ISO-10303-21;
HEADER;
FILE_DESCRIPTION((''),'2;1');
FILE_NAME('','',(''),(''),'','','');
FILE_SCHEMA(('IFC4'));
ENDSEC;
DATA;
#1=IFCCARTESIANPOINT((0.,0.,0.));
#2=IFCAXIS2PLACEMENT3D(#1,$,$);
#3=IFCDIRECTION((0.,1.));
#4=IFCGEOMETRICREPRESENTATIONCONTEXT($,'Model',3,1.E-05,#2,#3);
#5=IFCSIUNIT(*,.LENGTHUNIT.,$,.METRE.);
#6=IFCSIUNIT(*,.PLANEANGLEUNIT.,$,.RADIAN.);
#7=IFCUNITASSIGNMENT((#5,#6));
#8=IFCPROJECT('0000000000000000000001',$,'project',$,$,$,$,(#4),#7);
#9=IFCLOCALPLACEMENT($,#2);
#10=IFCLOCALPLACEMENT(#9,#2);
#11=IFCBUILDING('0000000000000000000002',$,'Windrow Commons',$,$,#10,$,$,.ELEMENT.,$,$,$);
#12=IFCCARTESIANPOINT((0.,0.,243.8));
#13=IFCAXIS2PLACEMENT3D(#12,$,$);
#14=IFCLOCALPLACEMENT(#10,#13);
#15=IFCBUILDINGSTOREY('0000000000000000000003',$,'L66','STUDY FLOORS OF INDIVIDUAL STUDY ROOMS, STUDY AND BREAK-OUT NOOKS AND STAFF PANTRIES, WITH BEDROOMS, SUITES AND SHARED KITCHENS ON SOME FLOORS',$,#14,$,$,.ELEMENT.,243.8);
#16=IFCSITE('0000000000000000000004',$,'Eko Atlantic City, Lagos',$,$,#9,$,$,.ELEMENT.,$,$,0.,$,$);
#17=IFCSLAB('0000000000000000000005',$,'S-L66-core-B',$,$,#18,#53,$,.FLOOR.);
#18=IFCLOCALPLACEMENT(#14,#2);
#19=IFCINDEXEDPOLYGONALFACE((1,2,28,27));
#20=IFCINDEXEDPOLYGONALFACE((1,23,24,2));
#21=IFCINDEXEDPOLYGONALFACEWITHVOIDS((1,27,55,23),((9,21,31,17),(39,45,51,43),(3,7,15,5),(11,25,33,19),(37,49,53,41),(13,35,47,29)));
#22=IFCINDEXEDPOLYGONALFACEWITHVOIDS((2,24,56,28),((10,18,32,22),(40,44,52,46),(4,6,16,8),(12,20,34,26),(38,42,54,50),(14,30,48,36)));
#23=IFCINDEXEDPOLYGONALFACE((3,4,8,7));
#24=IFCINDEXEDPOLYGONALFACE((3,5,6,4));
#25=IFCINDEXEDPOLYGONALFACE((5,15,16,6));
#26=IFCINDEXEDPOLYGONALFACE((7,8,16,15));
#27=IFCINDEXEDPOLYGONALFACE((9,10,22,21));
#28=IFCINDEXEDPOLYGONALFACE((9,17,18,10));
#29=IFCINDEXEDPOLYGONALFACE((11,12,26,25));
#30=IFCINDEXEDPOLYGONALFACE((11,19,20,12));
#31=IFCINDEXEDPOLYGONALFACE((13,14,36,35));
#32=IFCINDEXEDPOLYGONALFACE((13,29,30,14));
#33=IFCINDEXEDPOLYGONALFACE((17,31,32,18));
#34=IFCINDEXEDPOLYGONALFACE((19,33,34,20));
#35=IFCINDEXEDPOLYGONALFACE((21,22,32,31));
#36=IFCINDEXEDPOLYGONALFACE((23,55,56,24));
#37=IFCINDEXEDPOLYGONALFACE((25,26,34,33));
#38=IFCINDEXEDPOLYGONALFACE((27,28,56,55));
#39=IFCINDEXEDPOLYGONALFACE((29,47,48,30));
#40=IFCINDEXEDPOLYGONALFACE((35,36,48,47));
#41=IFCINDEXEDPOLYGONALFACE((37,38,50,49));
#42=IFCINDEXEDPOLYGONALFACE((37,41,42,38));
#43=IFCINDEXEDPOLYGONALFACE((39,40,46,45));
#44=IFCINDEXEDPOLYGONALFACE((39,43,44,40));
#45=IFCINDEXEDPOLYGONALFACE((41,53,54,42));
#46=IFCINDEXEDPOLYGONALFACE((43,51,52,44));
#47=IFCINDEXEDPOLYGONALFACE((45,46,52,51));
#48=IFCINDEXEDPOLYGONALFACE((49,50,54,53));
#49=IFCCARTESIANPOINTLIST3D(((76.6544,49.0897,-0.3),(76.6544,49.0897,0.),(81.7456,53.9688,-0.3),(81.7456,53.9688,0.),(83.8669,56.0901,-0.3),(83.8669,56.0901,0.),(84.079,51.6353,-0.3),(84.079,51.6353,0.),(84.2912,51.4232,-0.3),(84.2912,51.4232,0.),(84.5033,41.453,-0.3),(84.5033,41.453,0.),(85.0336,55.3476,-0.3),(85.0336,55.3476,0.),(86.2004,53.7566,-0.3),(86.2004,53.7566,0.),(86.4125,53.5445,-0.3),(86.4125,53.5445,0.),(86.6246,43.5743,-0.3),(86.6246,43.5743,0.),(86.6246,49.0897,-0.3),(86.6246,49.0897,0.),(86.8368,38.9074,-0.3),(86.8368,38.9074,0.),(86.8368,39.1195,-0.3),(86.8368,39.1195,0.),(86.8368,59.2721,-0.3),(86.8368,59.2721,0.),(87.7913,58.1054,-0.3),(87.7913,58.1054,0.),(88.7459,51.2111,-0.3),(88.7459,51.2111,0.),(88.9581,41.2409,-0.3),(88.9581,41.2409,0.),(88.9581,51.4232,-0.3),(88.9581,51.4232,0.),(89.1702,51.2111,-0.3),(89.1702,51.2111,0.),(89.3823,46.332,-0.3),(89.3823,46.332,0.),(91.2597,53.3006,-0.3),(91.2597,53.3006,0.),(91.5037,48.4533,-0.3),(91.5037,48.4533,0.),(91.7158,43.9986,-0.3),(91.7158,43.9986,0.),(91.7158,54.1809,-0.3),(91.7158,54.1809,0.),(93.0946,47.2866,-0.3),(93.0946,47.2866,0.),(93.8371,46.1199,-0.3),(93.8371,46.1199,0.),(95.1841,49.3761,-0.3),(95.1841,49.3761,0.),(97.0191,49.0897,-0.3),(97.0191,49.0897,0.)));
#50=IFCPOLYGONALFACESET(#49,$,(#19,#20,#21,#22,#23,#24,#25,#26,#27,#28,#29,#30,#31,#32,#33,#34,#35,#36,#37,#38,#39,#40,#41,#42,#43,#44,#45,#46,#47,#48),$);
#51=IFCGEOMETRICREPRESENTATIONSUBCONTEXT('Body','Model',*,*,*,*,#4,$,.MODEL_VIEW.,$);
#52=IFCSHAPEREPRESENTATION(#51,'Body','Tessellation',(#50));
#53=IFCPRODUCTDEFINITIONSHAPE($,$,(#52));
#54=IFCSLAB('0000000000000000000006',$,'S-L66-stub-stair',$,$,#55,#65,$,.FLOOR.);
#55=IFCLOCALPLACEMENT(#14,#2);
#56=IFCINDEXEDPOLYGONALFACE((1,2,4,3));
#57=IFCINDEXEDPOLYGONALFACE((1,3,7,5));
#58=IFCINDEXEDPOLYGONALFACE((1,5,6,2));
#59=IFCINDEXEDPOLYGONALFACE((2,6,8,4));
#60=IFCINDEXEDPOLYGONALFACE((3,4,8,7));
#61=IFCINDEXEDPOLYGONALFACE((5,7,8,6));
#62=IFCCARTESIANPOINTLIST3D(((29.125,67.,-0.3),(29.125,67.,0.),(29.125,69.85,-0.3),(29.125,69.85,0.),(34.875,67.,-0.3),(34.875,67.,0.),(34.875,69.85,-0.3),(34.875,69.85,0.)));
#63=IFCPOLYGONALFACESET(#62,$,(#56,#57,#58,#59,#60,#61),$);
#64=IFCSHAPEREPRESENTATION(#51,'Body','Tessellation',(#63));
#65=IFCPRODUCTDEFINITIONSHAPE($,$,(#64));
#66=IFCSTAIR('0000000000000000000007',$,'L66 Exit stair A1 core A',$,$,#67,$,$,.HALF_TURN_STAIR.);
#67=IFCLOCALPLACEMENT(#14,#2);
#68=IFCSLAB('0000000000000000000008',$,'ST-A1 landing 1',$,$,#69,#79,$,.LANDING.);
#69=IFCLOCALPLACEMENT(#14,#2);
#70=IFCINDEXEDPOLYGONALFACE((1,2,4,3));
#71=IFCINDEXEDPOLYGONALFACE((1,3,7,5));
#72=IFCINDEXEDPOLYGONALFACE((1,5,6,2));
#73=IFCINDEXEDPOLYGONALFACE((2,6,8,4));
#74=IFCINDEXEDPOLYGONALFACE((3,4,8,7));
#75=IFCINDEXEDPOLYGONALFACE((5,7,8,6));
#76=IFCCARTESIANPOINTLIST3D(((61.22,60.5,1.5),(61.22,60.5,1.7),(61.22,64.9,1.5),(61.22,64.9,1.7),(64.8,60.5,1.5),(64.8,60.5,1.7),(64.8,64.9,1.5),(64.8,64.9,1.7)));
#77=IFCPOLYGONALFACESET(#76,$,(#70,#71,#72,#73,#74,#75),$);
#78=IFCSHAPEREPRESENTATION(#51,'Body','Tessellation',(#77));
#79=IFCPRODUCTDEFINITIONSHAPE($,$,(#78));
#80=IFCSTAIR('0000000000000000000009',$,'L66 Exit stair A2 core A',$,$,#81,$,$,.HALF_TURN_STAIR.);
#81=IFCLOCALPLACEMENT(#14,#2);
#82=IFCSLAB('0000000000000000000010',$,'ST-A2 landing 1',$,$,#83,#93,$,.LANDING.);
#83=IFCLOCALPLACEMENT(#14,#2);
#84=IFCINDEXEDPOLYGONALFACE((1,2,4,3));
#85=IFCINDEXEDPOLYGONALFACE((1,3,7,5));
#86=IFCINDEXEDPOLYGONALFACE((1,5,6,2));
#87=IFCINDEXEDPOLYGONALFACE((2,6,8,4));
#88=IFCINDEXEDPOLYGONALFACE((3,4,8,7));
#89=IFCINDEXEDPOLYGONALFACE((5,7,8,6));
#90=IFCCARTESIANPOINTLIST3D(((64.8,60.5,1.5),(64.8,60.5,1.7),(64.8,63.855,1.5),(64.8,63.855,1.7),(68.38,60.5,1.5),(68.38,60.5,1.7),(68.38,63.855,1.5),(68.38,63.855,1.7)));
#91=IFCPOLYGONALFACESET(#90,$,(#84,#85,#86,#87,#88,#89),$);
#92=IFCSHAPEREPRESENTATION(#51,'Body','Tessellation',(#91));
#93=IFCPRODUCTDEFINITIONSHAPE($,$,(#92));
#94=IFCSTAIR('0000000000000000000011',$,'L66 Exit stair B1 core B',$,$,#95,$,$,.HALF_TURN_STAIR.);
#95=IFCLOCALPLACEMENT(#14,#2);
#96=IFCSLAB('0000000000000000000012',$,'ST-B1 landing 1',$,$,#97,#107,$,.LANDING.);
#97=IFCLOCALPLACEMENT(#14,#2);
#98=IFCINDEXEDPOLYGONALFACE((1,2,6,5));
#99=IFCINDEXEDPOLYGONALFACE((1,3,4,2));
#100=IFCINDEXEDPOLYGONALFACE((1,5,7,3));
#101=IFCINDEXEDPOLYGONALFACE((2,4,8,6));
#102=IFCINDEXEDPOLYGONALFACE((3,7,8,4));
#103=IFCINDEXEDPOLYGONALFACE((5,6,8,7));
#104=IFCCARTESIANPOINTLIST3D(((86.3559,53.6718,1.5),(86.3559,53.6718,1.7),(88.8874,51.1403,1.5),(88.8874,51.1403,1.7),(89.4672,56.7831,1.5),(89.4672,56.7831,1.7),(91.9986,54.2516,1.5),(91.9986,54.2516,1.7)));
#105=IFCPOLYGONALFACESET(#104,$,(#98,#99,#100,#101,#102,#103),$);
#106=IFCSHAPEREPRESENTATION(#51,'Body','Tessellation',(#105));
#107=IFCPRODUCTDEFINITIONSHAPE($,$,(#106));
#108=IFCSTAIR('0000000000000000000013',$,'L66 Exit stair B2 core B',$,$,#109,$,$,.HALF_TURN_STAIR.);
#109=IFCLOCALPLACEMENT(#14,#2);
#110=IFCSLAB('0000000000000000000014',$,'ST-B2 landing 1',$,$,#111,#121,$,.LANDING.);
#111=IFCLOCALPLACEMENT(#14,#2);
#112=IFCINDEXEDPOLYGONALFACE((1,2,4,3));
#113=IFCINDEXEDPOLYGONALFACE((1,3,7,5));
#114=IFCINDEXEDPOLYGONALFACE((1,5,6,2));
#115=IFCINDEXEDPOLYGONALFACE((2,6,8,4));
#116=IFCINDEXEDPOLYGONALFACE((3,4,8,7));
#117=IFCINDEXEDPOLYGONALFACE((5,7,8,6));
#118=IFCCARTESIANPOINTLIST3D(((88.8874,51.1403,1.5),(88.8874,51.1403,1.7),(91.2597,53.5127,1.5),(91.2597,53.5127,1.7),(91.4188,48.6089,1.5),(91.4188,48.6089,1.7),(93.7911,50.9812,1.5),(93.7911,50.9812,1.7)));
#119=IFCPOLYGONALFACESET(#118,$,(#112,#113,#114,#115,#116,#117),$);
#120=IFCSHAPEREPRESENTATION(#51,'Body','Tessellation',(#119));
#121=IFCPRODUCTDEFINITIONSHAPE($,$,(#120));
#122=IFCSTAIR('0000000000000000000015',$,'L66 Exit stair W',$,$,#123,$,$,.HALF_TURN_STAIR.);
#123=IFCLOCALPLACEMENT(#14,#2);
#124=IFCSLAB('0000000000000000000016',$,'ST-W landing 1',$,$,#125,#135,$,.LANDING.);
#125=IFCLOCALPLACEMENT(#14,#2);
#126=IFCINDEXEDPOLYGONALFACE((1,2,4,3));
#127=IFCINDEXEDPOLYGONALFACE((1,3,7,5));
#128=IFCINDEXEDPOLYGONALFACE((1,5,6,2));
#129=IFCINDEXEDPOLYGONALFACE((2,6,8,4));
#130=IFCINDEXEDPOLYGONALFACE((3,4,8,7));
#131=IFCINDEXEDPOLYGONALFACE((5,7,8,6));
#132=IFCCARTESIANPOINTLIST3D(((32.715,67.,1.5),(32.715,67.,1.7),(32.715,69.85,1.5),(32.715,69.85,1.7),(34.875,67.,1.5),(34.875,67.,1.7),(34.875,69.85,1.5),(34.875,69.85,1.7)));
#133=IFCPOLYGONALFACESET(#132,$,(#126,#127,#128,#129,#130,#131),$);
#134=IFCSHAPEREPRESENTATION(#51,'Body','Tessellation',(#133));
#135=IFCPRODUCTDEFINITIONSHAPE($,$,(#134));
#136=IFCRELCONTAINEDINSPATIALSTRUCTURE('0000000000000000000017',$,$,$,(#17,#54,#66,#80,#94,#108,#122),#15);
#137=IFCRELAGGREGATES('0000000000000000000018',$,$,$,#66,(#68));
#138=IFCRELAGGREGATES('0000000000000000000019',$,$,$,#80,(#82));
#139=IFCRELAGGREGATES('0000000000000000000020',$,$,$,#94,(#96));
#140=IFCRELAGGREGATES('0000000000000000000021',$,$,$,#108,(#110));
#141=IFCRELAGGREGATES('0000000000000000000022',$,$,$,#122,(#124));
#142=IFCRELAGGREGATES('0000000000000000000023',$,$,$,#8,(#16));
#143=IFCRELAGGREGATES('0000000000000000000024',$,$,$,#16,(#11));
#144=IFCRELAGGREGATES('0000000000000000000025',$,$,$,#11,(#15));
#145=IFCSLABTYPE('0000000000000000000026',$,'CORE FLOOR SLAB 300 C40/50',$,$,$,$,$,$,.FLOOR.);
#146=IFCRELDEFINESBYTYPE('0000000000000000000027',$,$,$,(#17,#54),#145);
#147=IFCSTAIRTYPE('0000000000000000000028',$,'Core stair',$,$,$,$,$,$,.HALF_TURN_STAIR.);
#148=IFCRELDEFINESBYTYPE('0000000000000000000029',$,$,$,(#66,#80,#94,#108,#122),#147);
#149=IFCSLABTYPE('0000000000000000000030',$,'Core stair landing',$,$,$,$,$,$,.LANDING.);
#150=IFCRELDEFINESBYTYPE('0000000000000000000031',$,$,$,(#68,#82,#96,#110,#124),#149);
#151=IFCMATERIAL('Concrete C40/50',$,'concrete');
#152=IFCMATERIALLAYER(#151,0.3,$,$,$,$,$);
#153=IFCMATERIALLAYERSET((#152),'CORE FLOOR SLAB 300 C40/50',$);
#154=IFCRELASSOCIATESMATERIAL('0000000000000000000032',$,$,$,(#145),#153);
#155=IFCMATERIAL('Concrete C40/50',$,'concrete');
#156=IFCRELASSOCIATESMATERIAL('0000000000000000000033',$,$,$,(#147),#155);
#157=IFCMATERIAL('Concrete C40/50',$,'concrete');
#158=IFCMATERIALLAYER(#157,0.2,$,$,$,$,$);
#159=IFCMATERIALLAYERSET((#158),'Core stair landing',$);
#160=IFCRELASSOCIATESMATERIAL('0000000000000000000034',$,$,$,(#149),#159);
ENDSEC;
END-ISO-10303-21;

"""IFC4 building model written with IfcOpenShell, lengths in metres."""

from ifc_helpers import new_model, si_unit, direction, frame, origin, place, context, subcontext, project, spatial, polyline, outline, extrude, material, layer, layer_set, type_object, element, aggregate, save


model = new_model("IFC4")

# Units and contexts
model_context = context("Model", 3, precision=1e-05, world=origin(), true_north=direction((0.0, 1.0)))
body_context = subcontext(model_context, "Body", "Model", "MODEL_VIEW")
ifc_project = project(units=[si_unit("LENGTHUNIT", "METRE"), si_unit("PLANEANGLEUNIT", "RADIAN")], contexts=[model_context])

# Site, building, storey
site_placement = place(None, origin())
site = spatial("IfcSite", under=ifc_project, at=site_placement, Name="Eko Atlantic City, Lagos", CompositionType="ELEMENT", RefElevation=0.0)
building_placement = place(site_placement, origin())
building = spatial("IfcBuilding", under=site, at=building_placement, Name="Windrow Commons", CompositionType="ELEMENT")
storey_placement = place(building_placement, frame((0.0, 0.0, 243.8)))
storey = spatial("IfcBuildingStorey", under=building, at=storey_placement, Name="L66", Description="STUDY FLOORS OF INDIVIDUAL STUDY ROOMS, STUDY AND BREAK-OUT NOOKS AND STAFF PANTRIES, WITH BEDROOMS, SUITES AND SHARED KITCHENS ON SOME FLOORS", CompositionType="ELEMENT", Elevation=243.8)

# Slab, openings
ifc_material_1 = material(Name="Concrete C40/50", Category="concrete")
ifc_layer_1 = layer(ifc_material_1, 0.3)
ifc_layer_set_1 = layer_set([ifc_layer_1], Name="CORE FLOOR SLAB 300 C40/50")
slab_type_1 = type_object("IfcSlabType", Name="CORE FLOOR SLAB 300 C40/50", PredefinedType="FLOOR", material=ifc_layer_set_1)
placement_1 = place(storey_placement, frame((0.0, 0.0, -0.3)))
slab_1 = element("IfcSlab", 1, at=placement_1, inside=storey, type_object=slab_type_1, Name="S-L66-core-B", PredefinedType="FLOOR", context=body_context, shape_type="SweptSolid", body=[
    extrude(outline(polyline([(76.6544, 49.0897), (86.8368, 38.9074), (97.0191, 49.0897), (86.8368, 59.2721), (76.6544, 49.0897)]), holes=[polyline([(84.5033, 41.453), (86.8368, 39.1195), (88.9581, 41.2409), (86.6246, 43.5743), (84.5033, 41.453)]), polyline([(81.7456, 53.9688), (84.079, 51.6353), (86.2004, 53.7566), (83.8669, 56.0901), (81.7456, 53.9688)]), polyline([(84.2912, 51.4232), (86.6246, 49.0897), (88.7459, 51.2111), (86.4125, 53.5445), (84.2912, 51.4232)]), polyline([(89.3823, 46.332), (91.7158, 43.9986), (93.8371, 46.1199), (91.5037, 48.4533), (89.3823, 46.332)]), polyline([(85.0336, 55.3476), (88.9581, 51.4232), (91.7158, 54.1809), (87.7913, 58.1054), (85.0336, 55.3476)]), polyline([(89.1702, 51.2111), (93.0946, 47.2866), (95.1841, 49.3761), (91.2597, 53.3006), (89.1702, 51.2111)])]), origin(), (0.0, 0.0, 1.0), 0.3),
])
opening_1_placement = place(placement_1, origin())
element("IfcOpeningElement", 2, at=opening_1_placement, cuts=slab_1, PredefinedType="OPENING", context=body_context, shape_type="SweptSolid", body=[
    extrude(outline(polyline([(84.5104, 41.453), (86.6246, 43.5672), (88.951, 41.2409), (86.8368, 39.1266), (84.5104, 41.453)])), origin(), (0.0, 0.0, 1.0), 0.3),
])
opening_2_placement = place(placement_1, origin())
element("IfcOpeningElement", 3, at=opening_2_placement, cuts=slab_1, PredefinedType="OPENING", context=body_context, shape_type="SweptSolid", body=[
    extrude(outline(polyline([(81.7527, 53.9688), (83.8669, 56.083), (86.1933, 53.7566), (84.079, 51.6424), (81.7527, 53.9688)])), origin(), (0.0, 0.0, 1.0), 0.3),
])
opening_3_placement = place(placement_1, origin())
element("IfcOpeningElement", 4, at=opening_3_placement, cuts=slab_1, PredefinedType="OPENING", context=body_context, shape_type="SweptSolid", body=[
    extrude(outline(polyline([(84.2983, 51.4232), (86.4125, 53.5374), (88.7388, 51.2111), (86.6246, 49.0968), (84.2983, 51.4232)])), origin(), (0.0, 0.0, 1.0), 0.3),
])
opening_4_placement = place(placement_1, origin())
element("IfcOpeningElement", 5, at=opening_4_placement, cuts=slab_1, PredefinedType="OPENING", context=body_context, shape_type="SweptSolid", body=[
    extrude(outline(polyline([(89.3894, 46.332), (91.5037, 48.4462), (93.83, 46.1199), (91.7158, 44.0057), (89.3894, 46.332)])), origin(), (0.0, 0.0, 1.0), 0.3),
])
opening_5_placement = place(placement_1, origin())
element("IfcOpeningElement", 6, at=opening_5_placement, cuts=slab_1, PredefinedType="OPENING", context=body_context, shape_type="SweptSolid", body=[
    extrude(outline(polyline([(85.0407, 55.3476), (87.7913, 58.0983), (91.7087, 54.1809), (88.9581, 51.4303), (85.0407, 55.3476)])), origin(), (0.0, 0.0, 1.0), 0.3),
])
opening_6_placement = place(placement_1, origin())
element("IfcOpeningElement", 7, at=opening_6_placement, cuts=slab_1, PredefinedType="OPENING", context=body_context, shape_type="SweptSolid", body=[
    extrude(outline(polyline([(89.1773, 51.2111), (91.2597, 53.2935), (95.177, 49.3761), (93.0946, 47.2937), (89.1773, 51.2111)])), origin(), (0.0, 0.0, 1.0), 0.3),
])

# Slab
element("IfcSlab", 8, at=placement_1, inside=storey, type_object=slab_type_1, Name="S-L66-stub-stair", PredefinedType="FLOOR", context=body_context, shape_type="SweptSolid", body=[
    extrude(outline(polyline([(34.875, 67.0), (34.875, 69.85), (29.125, 69.85), (29.125, 67.0), (34.875, 67.0)])), origin(), (0.0, 0.0, 1.0), 0.3),
])

# Stairs, slabs
ifc_material_2 = material(Name="Concrete C40/50", Category="concrete")
stair_type = type_object("IfcStairType", Name="Core stair", PredefinedType="HALF_TURN_STAIR", material=ifc_material_2)
placement_2 = place(storey_placement, origin())
stair_1 = element("IfcStair", 9, at=placement_2, inside=storey, type_object=stair_type, Name="L66 Exit stair A1 core A", PredefinedType="HALF_TURN_STAIR")
ifc_material_3 = material(Name="Concrete C40/50", Category="concrete")
ifc_layer_2 = layer(ifc_material_3, 0.2)
ifc_layer_set_2 = layer_set([ifc_layer_2], Name="Core stair landing")
slab_type_2 = type_object("IfcSlabType", Name="Core stair landing", PredefinedType="LANDING", material=ifc_layer_set_2)
placement_3 = place(storey_placement, frame((0.0, 0.0, 1.5)))
slab_2 = element("IfcSlab", 10, at=placement_3, type_object=slab_type_2, Name="ST-A1 landing 1", PredefinedType="LANDING", context=body_context, shape_type="SweptSolid", body=[
    extrude(outline(polyline([(61.22, 60.5), (64.8, 60.5), (64.8, 64.9), (61.22, 64.9), (61.22, 60.5)])), origin(), (0.0, 0.0, 1.0), 0.2),
])
aggregate(stair_1, [slab_2])
stair_2 = element("IfcStair", 11, at=placement_2, inside=storey, type_object=stair_type, Name="L66 Exit stair A2 core A", PredefinedType="HALF_TURN_STAIR")
slab_3 = element("IfcSlab", 12, at=placement_3, type_object=slab_type_2, Name="ST-A2 landing 1", PredefinedType="LANDING", context=body_context, shape_type="SweptSolid", body=[
    extrude(outline(polyline([(64.8, 60.5), (68.38, 60.5), (68.38, 63.855), (64.8, 63.855), (64.8, 60.5)])), origin(), (0.0, 0.0, 1.0), 0.2),
])
aggregate(stair_2, [slab_3])
stair_3 = element("IfcStair", 13, at=placement_2, inside=storey, type_object=stair_type, Name="L66 Exit stair B1 core B", PredefinedType="HALF_TURN_STAIR")
slab_4 = element("IfcSlab", 14, at=placement_3, type_object=slab_type_2, Name="ST-B1 landing 1", PredefinedType="LANDING", context=body_context, shape_type="SweptSolid", body=[
    extrude(outline(polyline([(86.3559, 53.6718), (88.8874, 51.1403), (91.9986, 54.2516), (89.4672, 56.7831), (86.3559, 53.6718)])), origin(), (0.0, 0.0, 1.0), 0.2),
])
aggregate(stair_3, [slab_4])
stair_4 = element("IfcStair", 15, at=placement_2, inside=storey, type_object=stair_type, Name="L66 Exit stair B2 core B", PredefinedType="HALF_TURN_STAIR")
slab_5 = element("IfcSlab", 16, at=placement_3, type_object=slab_type_2, Name="ST-B2 landing 1", PredefinedType="LANDING", context=body_context, shape_type="SweptSolid", body=[
    extrude(outline(polyline([(88.8874, 51.1403), (91.4188, 48.6089), (93.7911, 50.9812), (91.2597, 53.5127), (88.8874, 51.1403)])), origin(), (0.0, 0.0, 1.0), 0.2),
])
aggregate(stair_4, [slab_5])
stair_5 = element("IfcStair", 17, at=placement_2, inside=storey, type_object=stair_type, Name="L66 Exit stair W", PredefinedType="HALF_TURN_STAIR")
slab_6 = element("IfcSlab", 18, at=placement_3, type_object=slab_type_2, Name="ST-W landing 1", PredefinedType="LANDING", context=body_context, shape_type="SweptSolid", body=[
    extrude(outline(polyline([(32.715, 67.0), (34.875, 67.0), (34.875, 69.85), (32.715, 69.85), (32.715, 67.0)])), origin(), (0.0, 0.0, 1.0), 0.2),
])
aggregate(stair_5, [slab_6])

save(model, "model.ifc")
